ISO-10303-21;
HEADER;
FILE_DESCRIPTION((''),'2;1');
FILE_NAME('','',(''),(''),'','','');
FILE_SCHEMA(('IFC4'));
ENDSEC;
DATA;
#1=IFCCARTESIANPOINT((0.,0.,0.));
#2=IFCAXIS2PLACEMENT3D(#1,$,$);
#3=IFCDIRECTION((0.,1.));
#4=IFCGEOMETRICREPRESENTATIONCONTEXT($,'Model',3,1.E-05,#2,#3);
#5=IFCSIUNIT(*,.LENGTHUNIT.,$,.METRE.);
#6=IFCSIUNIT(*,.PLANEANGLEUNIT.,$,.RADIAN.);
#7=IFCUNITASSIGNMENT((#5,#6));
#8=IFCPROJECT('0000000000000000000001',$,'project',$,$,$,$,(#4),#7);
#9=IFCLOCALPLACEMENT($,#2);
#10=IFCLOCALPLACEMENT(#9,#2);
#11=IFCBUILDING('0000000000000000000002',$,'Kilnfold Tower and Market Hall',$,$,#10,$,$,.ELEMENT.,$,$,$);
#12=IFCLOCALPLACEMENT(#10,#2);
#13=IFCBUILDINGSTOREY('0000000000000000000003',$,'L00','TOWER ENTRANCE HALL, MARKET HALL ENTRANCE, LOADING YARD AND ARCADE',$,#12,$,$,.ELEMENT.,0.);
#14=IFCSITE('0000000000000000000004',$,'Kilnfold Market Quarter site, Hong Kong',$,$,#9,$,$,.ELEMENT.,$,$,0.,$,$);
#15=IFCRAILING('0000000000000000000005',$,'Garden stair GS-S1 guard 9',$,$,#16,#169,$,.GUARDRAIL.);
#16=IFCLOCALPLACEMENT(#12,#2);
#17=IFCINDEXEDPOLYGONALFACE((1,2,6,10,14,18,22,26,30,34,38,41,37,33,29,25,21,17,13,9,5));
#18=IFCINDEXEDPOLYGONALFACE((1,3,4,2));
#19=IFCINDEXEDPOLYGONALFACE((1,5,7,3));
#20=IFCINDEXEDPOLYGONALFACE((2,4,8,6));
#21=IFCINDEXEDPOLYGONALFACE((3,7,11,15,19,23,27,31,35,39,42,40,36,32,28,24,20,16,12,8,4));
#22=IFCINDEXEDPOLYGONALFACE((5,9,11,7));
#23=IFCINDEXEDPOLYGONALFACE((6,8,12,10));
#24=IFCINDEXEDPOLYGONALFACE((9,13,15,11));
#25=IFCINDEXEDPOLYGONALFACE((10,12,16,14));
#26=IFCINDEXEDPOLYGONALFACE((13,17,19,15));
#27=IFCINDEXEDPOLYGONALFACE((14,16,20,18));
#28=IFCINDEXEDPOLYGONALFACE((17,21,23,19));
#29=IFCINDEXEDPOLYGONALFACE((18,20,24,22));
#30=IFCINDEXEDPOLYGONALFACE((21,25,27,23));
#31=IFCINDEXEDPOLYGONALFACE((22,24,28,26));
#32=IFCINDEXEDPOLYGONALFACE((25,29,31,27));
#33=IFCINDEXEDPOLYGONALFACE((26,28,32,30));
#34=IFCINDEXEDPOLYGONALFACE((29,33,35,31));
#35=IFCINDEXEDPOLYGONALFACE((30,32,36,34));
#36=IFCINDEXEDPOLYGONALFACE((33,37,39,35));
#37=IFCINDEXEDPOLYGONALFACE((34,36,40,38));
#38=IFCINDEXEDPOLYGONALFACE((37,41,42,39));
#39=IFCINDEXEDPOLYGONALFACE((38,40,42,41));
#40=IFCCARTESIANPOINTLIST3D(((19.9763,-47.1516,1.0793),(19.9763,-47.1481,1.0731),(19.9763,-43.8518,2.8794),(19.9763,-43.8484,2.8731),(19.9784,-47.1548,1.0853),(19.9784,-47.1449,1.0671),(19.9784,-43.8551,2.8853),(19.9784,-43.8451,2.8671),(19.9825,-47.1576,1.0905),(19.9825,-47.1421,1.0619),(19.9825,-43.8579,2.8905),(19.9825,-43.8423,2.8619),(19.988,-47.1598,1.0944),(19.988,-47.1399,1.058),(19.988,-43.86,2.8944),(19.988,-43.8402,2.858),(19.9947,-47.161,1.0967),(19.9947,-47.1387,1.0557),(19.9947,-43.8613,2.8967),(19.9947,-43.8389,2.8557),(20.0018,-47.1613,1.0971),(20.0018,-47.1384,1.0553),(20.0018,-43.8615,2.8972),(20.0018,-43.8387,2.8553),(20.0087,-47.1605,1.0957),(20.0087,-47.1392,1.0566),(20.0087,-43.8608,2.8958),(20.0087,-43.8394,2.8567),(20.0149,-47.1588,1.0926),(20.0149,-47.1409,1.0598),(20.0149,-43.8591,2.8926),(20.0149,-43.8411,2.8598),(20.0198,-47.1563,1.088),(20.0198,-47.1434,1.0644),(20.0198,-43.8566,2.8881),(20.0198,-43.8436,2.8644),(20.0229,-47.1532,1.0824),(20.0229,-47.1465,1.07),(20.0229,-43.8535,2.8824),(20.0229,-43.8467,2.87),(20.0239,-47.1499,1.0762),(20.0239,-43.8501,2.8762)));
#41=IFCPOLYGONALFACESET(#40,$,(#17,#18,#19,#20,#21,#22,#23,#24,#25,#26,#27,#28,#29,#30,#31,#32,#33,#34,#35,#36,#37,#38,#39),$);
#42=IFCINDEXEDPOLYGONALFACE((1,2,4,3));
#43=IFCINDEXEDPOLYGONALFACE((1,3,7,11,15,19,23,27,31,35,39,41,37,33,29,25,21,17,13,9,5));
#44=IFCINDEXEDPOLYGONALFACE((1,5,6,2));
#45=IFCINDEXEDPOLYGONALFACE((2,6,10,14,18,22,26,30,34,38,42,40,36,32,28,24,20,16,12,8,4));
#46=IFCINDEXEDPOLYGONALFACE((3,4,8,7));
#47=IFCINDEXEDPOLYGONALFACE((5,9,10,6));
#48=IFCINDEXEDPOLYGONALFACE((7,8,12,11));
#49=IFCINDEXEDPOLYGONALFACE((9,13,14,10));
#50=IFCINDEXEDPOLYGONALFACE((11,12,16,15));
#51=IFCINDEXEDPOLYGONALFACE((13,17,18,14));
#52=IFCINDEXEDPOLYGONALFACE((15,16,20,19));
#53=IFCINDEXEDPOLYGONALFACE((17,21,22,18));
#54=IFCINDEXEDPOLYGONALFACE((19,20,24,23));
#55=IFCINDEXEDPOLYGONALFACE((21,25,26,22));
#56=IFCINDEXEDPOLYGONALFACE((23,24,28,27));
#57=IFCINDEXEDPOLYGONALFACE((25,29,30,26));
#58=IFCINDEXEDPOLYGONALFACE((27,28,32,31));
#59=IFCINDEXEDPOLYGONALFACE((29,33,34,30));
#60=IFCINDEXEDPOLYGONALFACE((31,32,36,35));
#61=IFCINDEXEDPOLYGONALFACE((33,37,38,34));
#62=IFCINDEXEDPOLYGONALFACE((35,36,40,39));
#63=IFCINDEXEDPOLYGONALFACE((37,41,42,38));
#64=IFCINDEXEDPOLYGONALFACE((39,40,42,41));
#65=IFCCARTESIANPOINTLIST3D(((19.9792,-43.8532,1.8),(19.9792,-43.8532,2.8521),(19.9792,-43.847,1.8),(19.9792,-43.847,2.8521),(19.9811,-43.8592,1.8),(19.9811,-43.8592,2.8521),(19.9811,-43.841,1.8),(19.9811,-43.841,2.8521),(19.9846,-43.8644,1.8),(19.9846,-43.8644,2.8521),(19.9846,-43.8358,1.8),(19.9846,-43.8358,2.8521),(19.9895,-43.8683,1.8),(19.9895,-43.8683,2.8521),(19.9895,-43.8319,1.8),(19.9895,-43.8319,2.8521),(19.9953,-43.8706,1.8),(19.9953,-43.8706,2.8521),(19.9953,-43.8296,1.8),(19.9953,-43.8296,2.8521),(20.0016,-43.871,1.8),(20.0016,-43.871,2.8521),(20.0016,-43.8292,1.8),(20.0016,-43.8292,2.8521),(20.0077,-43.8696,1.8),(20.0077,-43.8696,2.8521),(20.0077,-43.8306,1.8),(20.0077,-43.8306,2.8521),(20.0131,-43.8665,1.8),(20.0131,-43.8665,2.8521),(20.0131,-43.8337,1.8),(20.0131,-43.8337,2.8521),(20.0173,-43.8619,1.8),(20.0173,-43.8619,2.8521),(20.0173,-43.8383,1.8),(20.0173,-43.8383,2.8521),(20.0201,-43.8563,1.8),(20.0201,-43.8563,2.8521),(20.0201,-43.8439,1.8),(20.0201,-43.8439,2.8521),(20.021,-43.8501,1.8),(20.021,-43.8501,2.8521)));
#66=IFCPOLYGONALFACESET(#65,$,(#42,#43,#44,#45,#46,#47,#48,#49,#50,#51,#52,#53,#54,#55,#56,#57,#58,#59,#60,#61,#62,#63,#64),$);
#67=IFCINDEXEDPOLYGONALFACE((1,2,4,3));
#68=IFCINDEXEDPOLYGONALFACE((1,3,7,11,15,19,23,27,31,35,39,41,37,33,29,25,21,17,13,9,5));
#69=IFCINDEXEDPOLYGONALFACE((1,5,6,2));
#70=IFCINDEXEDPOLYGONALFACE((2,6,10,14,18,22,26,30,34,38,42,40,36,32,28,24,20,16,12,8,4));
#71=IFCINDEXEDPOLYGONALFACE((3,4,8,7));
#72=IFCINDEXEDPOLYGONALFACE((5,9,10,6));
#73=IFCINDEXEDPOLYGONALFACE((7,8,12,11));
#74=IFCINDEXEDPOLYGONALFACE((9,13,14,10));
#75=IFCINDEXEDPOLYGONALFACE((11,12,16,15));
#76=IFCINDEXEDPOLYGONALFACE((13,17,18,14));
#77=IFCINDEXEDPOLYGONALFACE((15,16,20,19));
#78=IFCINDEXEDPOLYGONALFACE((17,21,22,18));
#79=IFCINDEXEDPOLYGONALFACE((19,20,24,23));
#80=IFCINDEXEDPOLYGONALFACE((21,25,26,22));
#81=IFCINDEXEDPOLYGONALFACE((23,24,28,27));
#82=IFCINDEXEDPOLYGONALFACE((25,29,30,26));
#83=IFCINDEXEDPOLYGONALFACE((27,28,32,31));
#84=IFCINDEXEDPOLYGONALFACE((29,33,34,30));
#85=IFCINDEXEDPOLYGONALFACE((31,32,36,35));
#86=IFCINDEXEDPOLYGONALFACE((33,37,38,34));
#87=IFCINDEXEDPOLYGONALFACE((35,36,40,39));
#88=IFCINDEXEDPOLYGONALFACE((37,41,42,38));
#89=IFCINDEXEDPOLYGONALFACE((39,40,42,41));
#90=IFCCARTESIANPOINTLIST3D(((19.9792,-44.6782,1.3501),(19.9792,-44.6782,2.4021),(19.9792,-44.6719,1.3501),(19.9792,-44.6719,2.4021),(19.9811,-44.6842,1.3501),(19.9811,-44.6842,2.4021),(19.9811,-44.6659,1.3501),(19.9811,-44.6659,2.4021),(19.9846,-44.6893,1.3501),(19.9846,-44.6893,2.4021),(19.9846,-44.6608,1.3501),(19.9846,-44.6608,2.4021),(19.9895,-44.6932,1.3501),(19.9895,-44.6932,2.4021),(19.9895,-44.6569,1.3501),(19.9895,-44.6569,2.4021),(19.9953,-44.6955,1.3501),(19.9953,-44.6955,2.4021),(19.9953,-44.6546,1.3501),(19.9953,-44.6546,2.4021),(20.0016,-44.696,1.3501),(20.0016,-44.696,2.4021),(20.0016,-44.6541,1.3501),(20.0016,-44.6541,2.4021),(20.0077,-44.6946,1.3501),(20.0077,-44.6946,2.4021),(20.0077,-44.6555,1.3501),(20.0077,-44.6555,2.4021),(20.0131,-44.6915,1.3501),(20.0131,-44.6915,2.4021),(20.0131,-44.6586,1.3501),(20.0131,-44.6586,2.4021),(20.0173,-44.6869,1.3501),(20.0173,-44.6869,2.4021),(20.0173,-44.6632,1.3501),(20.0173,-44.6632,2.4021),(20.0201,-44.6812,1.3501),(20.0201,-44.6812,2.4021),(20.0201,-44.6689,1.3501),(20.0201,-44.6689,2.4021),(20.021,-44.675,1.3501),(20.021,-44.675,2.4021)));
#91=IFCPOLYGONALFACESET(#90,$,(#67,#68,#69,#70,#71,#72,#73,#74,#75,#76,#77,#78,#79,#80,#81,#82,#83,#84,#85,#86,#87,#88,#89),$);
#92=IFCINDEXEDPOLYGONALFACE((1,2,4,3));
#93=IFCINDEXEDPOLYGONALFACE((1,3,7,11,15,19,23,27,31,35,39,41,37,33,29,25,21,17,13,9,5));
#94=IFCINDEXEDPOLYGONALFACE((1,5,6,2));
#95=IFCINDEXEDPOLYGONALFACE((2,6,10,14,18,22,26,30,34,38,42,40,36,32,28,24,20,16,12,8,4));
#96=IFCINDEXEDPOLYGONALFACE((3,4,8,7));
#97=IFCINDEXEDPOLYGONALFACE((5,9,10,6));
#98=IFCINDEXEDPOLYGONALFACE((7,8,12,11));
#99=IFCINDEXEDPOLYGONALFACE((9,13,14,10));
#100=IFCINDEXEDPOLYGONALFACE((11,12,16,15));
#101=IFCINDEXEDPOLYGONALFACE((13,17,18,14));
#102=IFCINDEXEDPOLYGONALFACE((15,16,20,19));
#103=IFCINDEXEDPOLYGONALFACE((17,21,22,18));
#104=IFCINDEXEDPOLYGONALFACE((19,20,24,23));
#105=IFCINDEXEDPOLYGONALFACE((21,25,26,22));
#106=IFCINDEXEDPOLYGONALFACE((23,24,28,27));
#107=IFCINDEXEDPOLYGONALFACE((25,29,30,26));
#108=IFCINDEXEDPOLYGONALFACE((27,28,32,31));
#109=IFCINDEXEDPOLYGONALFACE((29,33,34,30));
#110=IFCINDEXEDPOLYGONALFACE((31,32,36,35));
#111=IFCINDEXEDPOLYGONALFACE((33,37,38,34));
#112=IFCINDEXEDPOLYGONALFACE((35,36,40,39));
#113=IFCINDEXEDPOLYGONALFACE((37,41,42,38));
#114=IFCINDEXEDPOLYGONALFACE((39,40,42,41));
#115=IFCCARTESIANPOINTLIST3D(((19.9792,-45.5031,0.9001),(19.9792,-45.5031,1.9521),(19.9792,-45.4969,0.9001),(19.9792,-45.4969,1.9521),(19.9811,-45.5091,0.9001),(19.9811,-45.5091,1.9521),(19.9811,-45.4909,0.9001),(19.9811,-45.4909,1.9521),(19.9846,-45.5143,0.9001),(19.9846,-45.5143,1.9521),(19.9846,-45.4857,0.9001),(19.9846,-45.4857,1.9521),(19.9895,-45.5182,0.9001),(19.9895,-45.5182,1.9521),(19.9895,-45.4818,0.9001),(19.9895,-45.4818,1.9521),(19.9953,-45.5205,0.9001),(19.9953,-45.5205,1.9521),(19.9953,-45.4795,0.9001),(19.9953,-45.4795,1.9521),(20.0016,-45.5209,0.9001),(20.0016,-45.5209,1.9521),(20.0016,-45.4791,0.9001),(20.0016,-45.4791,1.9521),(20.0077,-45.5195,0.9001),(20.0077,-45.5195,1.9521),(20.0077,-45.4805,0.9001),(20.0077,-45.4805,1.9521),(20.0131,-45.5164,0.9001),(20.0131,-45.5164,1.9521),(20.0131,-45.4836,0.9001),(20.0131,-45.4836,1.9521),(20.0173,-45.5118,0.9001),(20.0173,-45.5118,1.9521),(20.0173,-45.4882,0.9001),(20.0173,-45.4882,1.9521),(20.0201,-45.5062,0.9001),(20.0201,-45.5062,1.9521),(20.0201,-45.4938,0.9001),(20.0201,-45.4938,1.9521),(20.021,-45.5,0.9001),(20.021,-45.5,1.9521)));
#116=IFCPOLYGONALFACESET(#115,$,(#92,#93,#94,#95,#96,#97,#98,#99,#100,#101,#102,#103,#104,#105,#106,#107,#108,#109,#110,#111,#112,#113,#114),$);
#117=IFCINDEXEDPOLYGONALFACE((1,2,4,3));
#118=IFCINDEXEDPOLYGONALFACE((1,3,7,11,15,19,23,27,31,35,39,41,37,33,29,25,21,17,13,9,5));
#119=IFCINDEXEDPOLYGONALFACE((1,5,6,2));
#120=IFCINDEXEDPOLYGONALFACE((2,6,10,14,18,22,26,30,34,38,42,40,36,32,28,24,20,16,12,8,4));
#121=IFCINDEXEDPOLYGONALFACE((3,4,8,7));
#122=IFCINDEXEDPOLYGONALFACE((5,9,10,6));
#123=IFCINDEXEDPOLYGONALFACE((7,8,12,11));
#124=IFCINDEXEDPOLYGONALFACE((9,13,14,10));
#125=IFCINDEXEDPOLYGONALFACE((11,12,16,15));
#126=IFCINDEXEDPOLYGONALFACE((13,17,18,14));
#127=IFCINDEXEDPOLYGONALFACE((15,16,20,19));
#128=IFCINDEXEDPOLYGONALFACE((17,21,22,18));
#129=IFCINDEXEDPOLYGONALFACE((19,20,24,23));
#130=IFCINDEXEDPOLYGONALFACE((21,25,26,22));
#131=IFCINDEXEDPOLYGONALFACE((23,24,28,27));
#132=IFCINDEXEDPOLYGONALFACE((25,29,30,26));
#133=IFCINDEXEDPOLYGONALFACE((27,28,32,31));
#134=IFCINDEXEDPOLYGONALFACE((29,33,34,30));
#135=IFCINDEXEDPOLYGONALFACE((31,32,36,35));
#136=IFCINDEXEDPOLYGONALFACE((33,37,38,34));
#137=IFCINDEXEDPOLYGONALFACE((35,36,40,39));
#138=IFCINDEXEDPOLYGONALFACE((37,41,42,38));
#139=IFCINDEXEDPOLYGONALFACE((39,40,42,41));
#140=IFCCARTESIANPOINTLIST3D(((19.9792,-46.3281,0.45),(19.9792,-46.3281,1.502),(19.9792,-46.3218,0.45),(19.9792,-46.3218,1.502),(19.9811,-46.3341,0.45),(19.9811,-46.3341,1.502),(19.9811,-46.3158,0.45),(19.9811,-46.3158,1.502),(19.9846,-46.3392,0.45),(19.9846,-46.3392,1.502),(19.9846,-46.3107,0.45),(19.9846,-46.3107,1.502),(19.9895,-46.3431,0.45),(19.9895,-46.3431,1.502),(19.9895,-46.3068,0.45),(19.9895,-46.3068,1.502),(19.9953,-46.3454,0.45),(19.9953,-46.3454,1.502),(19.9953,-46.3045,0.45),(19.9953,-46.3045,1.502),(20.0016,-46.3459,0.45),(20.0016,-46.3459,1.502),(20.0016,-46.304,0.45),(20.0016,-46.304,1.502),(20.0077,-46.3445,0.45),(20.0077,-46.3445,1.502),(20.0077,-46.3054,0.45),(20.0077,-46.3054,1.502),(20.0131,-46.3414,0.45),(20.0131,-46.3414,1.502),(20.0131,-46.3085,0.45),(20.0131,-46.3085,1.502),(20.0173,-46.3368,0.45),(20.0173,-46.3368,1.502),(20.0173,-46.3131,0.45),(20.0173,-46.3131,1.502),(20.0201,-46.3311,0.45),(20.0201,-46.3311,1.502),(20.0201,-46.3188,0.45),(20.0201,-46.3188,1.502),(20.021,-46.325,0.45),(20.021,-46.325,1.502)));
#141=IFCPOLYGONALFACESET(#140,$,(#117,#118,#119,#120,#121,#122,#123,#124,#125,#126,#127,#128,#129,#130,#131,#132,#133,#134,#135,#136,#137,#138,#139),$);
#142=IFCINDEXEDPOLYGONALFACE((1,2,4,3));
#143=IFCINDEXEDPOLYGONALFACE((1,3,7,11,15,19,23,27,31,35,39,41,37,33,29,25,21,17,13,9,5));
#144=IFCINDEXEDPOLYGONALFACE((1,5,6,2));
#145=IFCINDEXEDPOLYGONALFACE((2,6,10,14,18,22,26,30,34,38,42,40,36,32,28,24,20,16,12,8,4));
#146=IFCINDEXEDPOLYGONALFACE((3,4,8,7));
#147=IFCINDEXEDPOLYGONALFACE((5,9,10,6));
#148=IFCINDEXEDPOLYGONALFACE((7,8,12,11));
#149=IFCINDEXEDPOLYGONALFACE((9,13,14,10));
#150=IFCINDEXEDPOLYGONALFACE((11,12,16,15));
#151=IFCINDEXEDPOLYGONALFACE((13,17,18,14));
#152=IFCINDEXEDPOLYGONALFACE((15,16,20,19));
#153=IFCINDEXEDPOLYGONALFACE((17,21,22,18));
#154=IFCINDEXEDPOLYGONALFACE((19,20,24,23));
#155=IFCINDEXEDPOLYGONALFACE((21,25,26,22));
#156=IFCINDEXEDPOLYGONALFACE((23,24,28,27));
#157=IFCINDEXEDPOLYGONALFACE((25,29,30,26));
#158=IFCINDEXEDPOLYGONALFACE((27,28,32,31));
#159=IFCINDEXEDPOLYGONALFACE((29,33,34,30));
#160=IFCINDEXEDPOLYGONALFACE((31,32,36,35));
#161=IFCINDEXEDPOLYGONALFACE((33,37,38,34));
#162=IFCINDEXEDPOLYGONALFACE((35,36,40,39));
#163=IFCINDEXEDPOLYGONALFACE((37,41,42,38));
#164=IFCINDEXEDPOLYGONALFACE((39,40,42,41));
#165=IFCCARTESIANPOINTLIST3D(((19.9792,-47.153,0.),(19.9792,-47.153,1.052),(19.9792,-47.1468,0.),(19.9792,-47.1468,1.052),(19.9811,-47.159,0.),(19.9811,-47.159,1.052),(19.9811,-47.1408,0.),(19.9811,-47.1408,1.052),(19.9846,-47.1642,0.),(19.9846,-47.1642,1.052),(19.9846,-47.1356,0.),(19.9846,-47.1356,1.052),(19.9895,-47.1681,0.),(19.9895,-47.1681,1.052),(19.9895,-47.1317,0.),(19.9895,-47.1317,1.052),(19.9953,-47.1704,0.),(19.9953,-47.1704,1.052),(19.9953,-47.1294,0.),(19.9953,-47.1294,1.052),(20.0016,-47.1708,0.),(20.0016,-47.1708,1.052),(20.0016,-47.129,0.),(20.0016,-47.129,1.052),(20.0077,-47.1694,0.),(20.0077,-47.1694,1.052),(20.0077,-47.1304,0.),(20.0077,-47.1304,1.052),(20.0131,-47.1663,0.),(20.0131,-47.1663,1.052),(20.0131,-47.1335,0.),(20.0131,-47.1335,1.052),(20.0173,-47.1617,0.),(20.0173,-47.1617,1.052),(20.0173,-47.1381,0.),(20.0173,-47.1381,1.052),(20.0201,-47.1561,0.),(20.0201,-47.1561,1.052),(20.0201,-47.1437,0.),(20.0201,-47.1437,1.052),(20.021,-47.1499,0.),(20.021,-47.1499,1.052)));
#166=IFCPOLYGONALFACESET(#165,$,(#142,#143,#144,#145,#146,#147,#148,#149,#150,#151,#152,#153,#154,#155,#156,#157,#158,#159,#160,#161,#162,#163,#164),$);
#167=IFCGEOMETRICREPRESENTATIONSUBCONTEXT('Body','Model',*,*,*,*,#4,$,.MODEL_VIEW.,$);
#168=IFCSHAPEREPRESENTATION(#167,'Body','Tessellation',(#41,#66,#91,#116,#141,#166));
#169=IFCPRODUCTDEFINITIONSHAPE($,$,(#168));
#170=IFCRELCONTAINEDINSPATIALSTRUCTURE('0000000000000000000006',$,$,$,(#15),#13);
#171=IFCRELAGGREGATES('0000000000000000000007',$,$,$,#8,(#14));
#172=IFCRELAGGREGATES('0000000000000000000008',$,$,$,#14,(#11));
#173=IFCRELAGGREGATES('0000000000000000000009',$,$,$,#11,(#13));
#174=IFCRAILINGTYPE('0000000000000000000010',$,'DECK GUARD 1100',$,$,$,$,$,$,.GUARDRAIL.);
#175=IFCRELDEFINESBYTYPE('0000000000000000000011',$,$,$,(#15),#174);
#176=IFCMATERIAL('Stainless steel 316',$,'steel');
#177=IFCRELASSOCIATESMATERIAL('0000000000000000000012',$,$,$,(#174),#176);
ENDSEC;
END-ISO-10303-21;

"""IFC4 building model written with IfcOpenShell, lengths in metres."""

from ifc_helpers import new_model, si_unit, direction, frame, origin, origin_2d, place, context, subcontext, project, spatial, circle, extrude, material, type_object, element, save


model = new_model("IFC4")

# Units and contexts
model_context = context("Model", 3, precision=1e-05, world=origin(), true_north=direction((0.0, 1.0)))
body_context = subcontext(model_context, "Body", "Model", "MODEL_VIEW")
ifc_project = project(units=[si_unit("LENGTHUNIT", "METRE"), si_unit("PLANEANGLEUNIT", "RADIAN")], contexts=[model_context])

# Site, building, storey
site_placement = place(None, origin())
site = spatial("IfcSite", under=ifc_project, at=site_placement, Name="Kilnfold Market Quarter site, Hong Kong", CompositionType="ELEMENT", RefElevation=0.0)
building_placement = place(site_placement, origin())
building = spatial("IfcBuilding", under=site, at=building_placement, Name="Kilnfold Tower and Market Hall", CompositionType="ELEMENT")
storey_placement = place(building_placement, origin())
storey = spatial("IfcBuildingStorey", under=building, at=storey_placement, Name="L00", Description="TOWER ENTRANCE HALL, MARKET HALL ENTRANCE, LOADING YARD AND ARCADE", CompositionType="ELEMENT", Elevation=0.0)

# Railing
ifc_material_1 = material(Name="Stainless steel 316", Category="steel")
railing_type_1 = type_object("IfcRailingType", Name="DECK GUARD 1100", PredefinedType="GUARDRAIL", material=ifc_material_1)
railing_1_placement = place(storey_placement, frame((20.0, -43.8501, 1.8)))
element("IfcRailing", 1, at=railing_1_placement, inside=storey, type_object=railing_type_1, Name="Garden stair GS-S1 guard 9", PredefinedType="GUARDRAIL", context=body_context, shape_type="SweptSolid", body=[
    extrude(circle(Radius=0.0239, at=origin_2d()), frame((0.0, 0.0, 1.0762), z_axis=(0.0, -0.877878, -0.478884), x_axis=(1.0, 0.0, 0.0)), (0.0, 0.0, 1.0), 3.7588),
    extrude(circle(Radius=0.021, at=origin_2d()), origin(), (0.0, 0.0, 1.0), 1.052),
    extrude(circle(Radius=0.021, at=origin_2d()), frame((0.0, -0.825, -0.45)), (0.0, 0.0, 1.0), 1.052),
    extrude(circle(Radius=0.021, at=origin_2d()), frame((0.0, -1.6499, -0.8999)), (0.0, 0.0, 1.0), 1.052),
    extrude(circle(Radius=0.021, at=origin_2d()), frame((0.0, -2.4749, -1.3501)), (0.0, 0.0, 1.0), 1.052),
    extrude(circle(Radius=0.021, at=origin_2d()), frame((0.0, -3.2998, -1.8)), (0.0, 0.0, 1.0), 1.052),
])

save(model, "model.ifc")
